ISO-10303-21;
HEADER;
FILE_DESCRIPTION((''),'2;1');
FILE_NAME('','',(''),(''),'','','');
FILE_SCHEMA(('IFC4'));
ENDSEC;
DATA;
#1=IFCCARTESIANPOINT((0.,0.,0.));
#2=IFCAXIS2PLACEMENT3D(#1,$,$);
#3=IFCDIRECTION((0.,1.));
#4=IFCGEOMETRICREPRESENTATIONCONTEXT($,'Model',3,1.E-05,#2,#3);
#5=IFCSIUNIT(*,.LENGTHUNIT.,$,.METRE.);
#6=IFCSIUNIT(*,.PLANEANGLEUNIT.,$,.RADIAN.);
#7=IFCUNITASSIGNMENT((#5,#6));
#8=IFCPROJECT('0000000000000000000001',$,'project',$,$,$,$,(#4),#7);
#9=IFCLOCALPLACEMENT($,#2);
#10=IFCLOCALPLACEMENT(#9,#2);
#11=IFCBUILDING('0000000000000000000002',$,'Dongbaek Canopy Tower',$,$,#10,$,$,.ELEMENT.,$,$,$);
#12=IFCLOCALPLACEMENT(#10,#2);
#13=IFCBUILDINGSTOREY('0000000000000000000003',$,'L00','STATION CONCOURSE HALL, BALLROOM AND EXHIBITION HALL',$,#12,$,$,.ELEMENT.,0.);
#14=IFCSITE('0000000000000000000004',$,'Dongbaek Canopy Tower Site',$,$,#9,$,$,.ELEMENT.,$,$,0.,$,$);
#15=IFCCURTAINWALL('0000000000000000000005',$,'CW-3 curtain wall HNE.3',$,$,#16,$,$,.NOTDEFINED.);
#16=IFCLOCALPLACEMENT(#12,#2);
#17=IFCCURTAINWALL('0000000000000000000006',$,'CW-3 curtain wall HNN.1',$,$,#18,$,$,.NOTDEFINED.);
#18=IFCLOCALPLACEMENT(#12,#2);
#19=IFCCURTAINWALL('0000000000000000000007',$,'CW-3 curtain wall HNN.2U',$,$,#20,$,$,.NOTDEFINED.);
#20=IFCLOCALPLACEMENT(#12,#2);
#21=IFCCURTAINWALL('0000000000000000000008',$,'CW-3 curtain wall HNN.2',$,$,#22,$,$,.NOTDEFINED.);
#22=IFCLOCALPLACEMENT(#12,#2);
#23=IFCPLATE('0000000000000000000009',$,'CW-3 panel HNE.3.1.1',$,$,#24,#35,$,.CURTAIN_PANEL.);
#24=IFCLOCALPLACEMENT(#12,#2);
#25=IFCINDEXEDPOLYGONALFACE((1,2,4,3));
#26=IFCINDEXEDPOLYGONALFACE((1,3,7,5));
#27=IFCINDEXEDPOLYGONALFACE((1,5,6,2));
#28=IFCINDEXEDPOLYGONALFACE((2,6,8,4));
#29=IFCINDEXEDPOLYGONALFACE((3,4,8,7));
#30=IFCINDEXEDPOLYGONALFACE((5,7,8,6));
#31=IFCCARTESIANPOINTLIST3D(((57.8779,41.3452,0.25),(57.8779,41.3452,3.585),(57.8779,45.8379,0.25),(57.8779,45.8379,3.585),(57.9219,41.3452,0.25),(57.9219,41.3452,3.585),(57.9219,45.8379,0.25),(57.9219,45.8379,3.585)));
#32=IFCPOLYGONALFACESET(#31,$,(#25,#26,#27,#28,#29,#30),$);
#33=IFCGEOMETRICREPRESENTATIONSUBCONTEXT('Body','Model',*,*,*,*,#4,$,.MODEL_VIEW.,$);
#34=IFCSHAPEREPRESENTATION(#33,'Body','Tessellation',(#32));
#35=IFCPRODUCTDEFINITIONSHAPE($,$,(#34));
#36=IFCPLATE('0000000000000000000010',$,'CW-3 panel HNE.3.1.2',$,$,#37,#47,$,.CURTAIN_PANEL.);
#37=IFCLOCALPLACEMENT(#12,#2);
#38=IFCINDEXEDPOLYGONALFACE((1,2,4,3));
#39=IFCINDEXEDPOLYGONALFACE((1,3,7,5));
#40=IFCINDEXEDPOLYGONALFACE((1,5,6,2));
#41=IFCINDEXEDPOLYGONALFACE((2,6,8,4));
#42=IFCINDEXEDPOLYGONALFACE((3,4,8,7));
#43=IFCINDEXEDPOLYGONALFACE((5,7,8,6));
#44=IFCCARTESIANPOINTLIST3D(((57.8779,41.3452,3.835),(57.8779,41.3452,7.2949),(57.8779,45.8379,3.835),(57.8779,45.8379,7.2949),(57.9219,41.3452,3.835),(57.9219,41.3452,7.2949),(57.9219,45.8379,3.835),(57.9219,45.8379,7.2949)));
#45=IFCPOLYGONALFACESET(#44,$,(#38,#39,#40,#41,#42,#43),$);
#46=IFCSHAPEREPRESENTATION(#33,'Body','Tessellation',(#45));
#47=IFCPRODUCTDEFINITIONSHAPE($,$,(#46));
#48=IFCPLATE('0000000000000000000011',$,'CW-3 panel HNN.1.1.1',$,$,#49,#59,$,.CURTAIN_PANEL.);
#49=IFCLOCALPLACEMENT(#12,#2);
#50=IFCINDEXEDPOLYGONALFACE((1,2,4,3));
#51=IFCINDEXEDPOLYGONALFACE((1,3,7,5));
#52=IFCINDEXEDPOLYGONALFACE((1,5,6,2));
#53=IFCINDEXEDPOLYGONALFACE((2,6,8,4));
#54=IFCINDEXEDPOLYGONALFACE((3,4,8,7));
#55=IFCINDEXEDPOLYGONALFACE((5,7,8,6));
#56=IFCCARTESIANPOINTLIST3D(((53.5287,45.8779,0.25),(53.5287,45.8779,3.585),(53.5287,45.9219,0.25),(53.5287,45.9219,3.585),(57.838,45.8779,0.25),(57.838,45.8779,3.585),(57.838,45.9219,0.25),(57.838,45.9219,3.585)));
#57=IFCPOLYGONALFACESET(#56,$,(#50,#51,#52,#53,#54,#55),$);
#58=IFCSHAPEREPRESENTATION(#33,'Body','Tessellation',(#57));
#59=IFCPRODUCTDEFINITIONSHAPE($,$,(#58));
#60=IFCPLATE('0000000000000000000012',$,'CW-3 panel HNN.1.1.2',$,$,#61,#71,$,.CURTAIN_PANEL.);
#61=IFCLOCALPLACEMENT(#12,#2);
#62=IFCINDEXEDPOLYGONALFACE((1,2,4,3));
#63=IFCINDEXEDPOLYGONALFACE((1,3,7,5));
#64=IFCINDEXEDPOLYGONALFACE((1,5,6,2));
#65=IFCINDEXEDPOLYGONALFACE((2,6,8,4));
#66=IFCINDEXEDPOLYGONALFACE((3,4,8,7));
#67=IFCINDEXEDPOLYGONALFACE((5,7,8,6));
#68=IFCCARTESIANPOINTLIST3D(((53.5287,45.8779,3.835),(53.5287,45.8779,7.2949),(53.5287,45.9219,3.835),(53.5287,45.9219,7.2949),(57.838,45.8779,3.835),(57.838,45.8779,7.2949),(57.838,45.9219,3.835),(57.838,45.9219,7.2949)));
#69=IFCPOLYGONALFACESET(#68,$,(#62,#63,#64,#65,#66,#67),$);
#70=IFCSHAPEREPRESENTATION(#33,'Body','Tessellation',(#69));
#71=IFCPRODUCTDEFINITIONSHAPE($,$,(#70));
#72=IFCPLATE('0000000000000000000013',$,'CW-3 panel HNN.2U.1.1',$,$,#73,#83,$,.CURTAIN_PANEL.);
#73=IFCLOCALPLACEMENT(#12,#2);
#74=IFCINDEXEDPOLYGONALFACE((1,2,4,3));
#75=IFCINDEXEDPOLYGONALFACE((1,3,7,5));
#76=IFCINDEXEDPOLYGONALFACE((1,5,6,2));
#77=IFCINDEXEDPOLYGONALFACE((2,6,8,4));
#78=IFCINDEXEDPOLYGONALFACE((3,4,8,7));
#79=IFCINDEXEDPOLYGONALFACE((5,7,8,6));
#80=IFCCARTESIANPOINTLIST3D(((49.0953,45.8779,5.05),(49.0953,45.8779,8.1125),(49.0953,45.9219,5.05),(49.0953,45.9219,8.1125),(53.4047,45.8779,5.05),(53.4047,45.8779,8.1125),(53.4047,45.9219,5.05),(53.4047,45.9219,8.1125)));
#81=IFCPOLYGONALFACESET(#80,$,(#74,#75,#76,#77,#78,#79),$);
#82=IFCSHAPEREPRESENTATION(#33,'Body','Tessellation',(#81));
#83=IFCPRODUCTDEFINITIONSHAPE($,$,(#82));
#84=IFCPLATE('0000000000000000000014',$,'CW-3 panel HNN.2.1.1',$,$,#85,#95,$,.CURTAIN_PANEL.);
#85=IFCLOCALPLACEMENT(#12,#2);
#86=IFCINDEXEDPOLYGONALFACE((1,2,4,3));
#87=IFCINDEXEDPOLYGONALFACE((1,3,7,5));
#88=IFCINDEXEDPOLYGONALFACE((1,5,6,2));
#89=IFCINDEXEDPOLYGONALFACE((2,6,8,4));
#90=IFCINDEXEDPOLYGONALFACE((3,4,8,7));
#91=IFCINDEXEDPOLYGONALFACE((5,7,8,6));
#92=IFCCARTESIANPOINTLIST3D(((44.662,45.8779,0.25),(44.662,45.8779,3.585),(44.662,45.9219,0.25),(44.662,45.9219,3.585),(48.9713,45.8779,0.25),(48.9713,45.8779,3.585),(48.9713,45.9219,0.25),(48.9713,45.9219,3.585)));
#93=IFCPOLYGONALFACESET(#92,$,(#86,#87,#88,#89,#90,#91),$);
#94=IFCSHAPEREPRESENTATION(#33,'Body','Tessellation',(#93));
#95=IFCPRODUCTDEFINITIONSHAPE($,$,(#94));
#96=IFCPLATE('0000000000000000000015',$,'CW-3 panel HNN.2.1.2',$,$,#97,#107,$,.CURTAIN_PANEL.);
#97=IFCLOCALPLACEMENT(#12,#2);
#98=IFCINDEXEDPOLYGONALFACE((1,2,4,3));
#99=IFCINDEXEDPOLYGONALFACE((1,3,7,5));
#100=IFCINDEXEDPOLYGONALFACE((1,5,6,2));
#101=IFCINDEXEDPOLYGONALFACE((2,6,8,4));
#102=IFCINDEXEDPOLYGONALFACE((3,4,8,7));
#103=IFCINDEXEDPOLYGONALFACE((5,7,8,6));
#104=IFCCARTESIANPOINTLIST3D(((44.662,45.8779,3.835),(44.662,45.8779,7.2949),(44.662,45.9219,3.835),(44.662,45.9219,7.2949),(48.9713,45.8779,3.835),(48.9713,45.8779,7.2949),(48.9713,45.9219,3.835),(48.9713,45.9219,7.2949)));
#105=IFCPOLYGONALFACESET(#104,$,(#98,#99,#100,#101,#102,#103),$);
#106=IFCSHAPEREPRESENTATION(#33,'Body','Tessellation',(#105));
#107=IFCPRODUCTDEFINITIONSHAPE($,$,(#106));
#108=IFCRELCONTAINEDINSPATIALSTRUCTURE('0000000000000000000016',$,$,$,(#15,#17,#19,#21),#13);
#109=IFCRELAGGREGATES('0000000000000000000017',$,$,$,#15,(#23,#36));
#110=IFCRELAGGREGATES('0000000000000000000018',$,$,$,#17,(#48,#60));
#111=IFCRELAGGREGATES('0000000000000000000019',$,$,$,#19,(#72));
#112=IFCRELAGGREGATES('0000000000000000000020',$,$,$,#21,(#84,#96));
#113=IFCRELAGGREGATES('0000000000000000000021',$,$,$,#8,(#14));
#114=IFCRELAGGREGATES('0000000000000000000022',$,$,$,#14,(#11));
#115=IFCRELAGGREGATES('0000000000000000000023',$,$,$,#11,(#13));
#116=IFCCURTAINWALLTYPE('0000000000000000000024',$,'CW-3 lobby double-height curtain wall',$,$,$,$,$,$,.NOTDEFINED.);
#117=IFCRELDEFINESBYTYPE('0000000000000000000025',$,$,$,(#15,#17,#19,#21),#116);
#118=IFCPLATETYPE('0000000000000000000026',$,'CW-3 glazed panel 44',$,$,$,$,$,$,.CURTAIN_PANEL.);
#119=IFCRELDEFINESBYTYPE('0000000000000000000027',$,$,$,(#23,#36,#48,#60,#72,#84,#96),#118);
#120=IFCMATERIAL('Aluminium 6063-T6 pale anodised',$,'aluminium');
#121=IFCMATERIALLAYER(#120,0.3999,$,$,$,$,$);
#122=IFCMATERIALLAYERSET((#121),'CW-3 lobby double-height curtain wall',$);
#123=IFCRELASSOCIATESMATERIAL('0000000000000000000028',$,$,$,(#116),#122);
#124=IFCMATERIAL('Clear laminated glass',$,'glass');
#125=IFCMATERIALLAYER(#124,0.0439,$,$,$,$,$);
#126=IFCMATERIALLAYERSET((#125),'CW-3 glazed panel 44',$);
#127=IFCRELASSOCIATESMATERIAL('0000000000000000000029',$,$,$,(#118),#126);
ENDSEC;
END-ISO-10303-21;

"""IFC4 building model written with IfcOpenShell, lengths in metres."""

from ifc_helpers import new_model, si_unit, direction, frame, origin, origin_2d, place, context, subcontext, project, spatial, rectangle, extrude, material, layer, layer_set, type_object, element, aggregate, save


model = new_model("IFC4")

# Units and contexts
model_context = context("Model", 3, precision=1e-05, world=origin(), true_north=direction((0.0, 1.0)))
body_context = subcontext(model_context, "Body", "Model", "MODEL_VIEW")
ifc_project = project(units=[si_unit("LENGTHUNIT", "METRE"), si_unit("PLANEANGLEUNIT", "RADIAN")], contexts=[model_context])

# Site, building, storey
site_placement = place(None, origin())
site = spatial("IfcSite", under=ifc_project, at=site_placement, Name="Dongbaek Canopy Tower Site", CompositionType="ELEMENT", RefElevation=0.0)
building_placement = place(site_placement, origin())
building = spatial("IfcBuilding", under=site, at=building_placement, Name="Dongbaek Canopy Tower", CompositionType="ELEMENT")
storey_placement = place(building_placement, origin())
storey = spatial("IfcBuildingStorey", under=building, at=storey_placement, Name="L00", Description="STATION CONCOURSE HALL, BALLROOM AND EXHIBITION HALL", CompositionType="ELEMENT", Elevation=0.0)

# Curtain walls
ifc_material_1 = material(Name="Aluminium 6063-T6 pale anodised", Category="aluminium")
ifc_layer_1 = layer(ifc_material_1, 0.3999)
ifc_layer_set_1 = layer_set([ifc_layer_1], Name="CW-3 lobby double-height curtain wall")
curtain_wall_type = type_object("IfcCurtainWallType", Name="CW-3 lobby double-height curtain wall", PredefinedType="NOTDEFINED", material=ifc_layer_set_1)
curtain_wall_1_placement = place(storey_placement, origin())
curtain_wall_1 = element("IfcCurtainWall", 1, at=curtain_wall_1_placement, inside=storey, type_object=curtain_wall_type, Name="CW-3 curtain wall HNE.3", PredefinedType="NOTDEFINED")
curtain_wall_2_placement = place(storey_placement, origin())
curtain_wall_2 = element("IfcCurtainWall", 2, at=curtain_wall_2_placement, inside=storey, type_object=curtain_wall_type, Name="CW-3 curtain wall HNN.1", PredefinedType="NOTDEFINED")
curtain_wall_3_placement = place(storey_placement, origin())
curtain_wall_3 = element("IfcCurtainWall", 3, at=curtain_wall_3_placement, inside=storey, type_object=curtain_wall_type, Name="CW-3 curtain wall HNN.2U", PredefinedType="NOTDEFINED")
curtain_wall_4_placement = place(storey_placement, origin())
curtain_wall_4 = element("IfcCurtainWall", 4, at=curtain_wall_4_placement, inside=storey, type_object=curtain_wall_type, Name="CW-3 curtain wall HNN.2", PredefinedType="NOTDEFINED")

# Plates
ifc_material_2 = material(Name="Clear laminated glass", Category="glass")
ifc_layer_2 = layer(ifc_material_2, 0.0439)
ifc_layer_set_2 = layer_set([ifc_layer_2], Name="CW-3 glazed panel 44")
plate_type = type_object("IfcPlateType", Name="CW-3 glazed panel 44", PredefinedType="CURTAIN_PANEL", material=ifc_layer_set_2)
plate_1_placement = place(storey_placement, frame((57.8999, 43.5916, 0.25), z_axis=(0.0, 0.0, 1.0), x_axis=(0.0, 1.0, 0.0)))
plate_1 = element("IfcPlate", 5, at=plate_1_placement, type_object=plate_type, Name="CW-3 panel HNE.3.1.1", PredefinedType="CURTAIN_PANEL", context=body_context, shape_type="SweptSolid", body=[
    extrude(rectangle(XDim=4.4927, YDim=0.0439, at=origin_2d()), origin(), (0.0, 0.0, 1.0), 3.335),
])
plate_2_placement = place(storey_placement, frame((57.8999, 43.5916, 3.835), z_axis=(0.0, 0.0, 1.0), x_axis=(0.0, 1.0, 0.0)))
plate_2 = element("IfcPlate", 6, at=plate_2_placement, type_object=plate_type, Name="CW-3 panel HNE.3.1.2", PredefinedType="CURTAIN_PANEL", context=body_context, shape_type="SweptSolid", body=[
    extrude(rectangle(XDim=4.4927, YDim=0.0439, at=origin_2d()), origin(), (0.0, 0.0, 1.0), 3.46),
])
aggregate(curtain_wall_1, [plate_1, plate_2])
plate_3_placement = place(storey_placement, frame((55.6833, 45.8999, 0.25), z_axis=(0.0, 0.0, 1.0), x_axis=(-1.0, 0.0, 0.0)))
plate_3 = element("IfcPlate", 7, at=plate_3_placement, type_object=plate_type, Name="CW-3 panel HNN.1.1.1", PredefinedType="CURTAIN_PANEL", context=body_context, shape_type="SweptSolid", body=[
    extrude(rectangle(XDim=4.3093, YDim=0.0439, at=origin_2d()), origin(), (0.0, 0.0, 1.0), 3.335),
])
plate_4_placement = place(storey_placement, frame((55.6833, 45.8999, 3.835), z_axis=(0.0, 0.0, 1.0), x_axis=(-1.0, 0.0, 0.0)))
plate_4 = element("IfcPlate", 8, at=plate_4_placement, type_object=plate_type, Name="CW-3 panel HNN.1.1.2", PredefinedType="CURTAIN_PANEL", context=body_context, shape_type="SweptSolid", body=[
    extrude(rectangle(XDim=4.3093, YDim=0.0439, at=origin_2d()), origin(), (0.0, 0.0, 1.0), 3.46),
])
aggregate(curtain_wall_2, [plate_3, plate_4])
plate_5_placement = place(storey_placement, frame((51.25, 45.8999, 5.05), z_axis=(0.0, 0.0, 1.0), x_axis=(-1.0, 0.0, 0.0)))
plate_5 = element("IfcPlate", 9, at=plate_5_placement, type_object=plate_type, Name="CW-3 panel HNN.2U.1.1", PredefinedType="CURTAIN_PANEL", context=body_context, shape_type="SweptSolid", body=[
    extrude(rectangle(XDim=4.3093, YDim=0.0439, at=origin_2d()), origin(), (0.0, 0.0, 1.0), 3.0625),
])
aggregate(curtain_wall_3, [plate_5])
plate_6_placement = place(storey_placement, frame((46.8167, 45.8999, 0.25), z_axis=(0.0, 0.0, 1.0), x_axis=(-1.0, 0.0, 0.0)))
plate_6 = element("IfcPlate", 10, at=plate_6_placement, type_object=plate_type, Name="CW-3 panel HNN.2.1.1", PredefinedType="CURTAIN_PANEL", context=body_context, shape_type="SweptSolid", body=[
    extrude(rectangle(XDim=4.3093, YDim=0.0439, at=origin_2d()), origin(), (0.0, 0.0, 1.0), 3.335),
])
plate_7_placement = place(storey_placement, frame((46.8167, 45.8999, 3.835), z_axis=(0.0, 0.0, 1.0), x_axis=(-1.0, 0.0, 0.0)))
plate_7 = element("IfcPlate", 11, at=plate_7_placement, type_object=plate_type, Name="CW-3 panel HNN.2.1.2", PredefinedType="CURTAIN_PANEL", context=body_context, shape_type="SweptSolid", body=[
    extrude(rectangle(XDim=4.3093, YDim=0.0439, at=origin_2d()), origin(), (0.0, 0.0, 1.0), 3.46),
])
aggregate(curtain_wall_4, [plate_6, plate_7])

save(model, "model.ifc")
